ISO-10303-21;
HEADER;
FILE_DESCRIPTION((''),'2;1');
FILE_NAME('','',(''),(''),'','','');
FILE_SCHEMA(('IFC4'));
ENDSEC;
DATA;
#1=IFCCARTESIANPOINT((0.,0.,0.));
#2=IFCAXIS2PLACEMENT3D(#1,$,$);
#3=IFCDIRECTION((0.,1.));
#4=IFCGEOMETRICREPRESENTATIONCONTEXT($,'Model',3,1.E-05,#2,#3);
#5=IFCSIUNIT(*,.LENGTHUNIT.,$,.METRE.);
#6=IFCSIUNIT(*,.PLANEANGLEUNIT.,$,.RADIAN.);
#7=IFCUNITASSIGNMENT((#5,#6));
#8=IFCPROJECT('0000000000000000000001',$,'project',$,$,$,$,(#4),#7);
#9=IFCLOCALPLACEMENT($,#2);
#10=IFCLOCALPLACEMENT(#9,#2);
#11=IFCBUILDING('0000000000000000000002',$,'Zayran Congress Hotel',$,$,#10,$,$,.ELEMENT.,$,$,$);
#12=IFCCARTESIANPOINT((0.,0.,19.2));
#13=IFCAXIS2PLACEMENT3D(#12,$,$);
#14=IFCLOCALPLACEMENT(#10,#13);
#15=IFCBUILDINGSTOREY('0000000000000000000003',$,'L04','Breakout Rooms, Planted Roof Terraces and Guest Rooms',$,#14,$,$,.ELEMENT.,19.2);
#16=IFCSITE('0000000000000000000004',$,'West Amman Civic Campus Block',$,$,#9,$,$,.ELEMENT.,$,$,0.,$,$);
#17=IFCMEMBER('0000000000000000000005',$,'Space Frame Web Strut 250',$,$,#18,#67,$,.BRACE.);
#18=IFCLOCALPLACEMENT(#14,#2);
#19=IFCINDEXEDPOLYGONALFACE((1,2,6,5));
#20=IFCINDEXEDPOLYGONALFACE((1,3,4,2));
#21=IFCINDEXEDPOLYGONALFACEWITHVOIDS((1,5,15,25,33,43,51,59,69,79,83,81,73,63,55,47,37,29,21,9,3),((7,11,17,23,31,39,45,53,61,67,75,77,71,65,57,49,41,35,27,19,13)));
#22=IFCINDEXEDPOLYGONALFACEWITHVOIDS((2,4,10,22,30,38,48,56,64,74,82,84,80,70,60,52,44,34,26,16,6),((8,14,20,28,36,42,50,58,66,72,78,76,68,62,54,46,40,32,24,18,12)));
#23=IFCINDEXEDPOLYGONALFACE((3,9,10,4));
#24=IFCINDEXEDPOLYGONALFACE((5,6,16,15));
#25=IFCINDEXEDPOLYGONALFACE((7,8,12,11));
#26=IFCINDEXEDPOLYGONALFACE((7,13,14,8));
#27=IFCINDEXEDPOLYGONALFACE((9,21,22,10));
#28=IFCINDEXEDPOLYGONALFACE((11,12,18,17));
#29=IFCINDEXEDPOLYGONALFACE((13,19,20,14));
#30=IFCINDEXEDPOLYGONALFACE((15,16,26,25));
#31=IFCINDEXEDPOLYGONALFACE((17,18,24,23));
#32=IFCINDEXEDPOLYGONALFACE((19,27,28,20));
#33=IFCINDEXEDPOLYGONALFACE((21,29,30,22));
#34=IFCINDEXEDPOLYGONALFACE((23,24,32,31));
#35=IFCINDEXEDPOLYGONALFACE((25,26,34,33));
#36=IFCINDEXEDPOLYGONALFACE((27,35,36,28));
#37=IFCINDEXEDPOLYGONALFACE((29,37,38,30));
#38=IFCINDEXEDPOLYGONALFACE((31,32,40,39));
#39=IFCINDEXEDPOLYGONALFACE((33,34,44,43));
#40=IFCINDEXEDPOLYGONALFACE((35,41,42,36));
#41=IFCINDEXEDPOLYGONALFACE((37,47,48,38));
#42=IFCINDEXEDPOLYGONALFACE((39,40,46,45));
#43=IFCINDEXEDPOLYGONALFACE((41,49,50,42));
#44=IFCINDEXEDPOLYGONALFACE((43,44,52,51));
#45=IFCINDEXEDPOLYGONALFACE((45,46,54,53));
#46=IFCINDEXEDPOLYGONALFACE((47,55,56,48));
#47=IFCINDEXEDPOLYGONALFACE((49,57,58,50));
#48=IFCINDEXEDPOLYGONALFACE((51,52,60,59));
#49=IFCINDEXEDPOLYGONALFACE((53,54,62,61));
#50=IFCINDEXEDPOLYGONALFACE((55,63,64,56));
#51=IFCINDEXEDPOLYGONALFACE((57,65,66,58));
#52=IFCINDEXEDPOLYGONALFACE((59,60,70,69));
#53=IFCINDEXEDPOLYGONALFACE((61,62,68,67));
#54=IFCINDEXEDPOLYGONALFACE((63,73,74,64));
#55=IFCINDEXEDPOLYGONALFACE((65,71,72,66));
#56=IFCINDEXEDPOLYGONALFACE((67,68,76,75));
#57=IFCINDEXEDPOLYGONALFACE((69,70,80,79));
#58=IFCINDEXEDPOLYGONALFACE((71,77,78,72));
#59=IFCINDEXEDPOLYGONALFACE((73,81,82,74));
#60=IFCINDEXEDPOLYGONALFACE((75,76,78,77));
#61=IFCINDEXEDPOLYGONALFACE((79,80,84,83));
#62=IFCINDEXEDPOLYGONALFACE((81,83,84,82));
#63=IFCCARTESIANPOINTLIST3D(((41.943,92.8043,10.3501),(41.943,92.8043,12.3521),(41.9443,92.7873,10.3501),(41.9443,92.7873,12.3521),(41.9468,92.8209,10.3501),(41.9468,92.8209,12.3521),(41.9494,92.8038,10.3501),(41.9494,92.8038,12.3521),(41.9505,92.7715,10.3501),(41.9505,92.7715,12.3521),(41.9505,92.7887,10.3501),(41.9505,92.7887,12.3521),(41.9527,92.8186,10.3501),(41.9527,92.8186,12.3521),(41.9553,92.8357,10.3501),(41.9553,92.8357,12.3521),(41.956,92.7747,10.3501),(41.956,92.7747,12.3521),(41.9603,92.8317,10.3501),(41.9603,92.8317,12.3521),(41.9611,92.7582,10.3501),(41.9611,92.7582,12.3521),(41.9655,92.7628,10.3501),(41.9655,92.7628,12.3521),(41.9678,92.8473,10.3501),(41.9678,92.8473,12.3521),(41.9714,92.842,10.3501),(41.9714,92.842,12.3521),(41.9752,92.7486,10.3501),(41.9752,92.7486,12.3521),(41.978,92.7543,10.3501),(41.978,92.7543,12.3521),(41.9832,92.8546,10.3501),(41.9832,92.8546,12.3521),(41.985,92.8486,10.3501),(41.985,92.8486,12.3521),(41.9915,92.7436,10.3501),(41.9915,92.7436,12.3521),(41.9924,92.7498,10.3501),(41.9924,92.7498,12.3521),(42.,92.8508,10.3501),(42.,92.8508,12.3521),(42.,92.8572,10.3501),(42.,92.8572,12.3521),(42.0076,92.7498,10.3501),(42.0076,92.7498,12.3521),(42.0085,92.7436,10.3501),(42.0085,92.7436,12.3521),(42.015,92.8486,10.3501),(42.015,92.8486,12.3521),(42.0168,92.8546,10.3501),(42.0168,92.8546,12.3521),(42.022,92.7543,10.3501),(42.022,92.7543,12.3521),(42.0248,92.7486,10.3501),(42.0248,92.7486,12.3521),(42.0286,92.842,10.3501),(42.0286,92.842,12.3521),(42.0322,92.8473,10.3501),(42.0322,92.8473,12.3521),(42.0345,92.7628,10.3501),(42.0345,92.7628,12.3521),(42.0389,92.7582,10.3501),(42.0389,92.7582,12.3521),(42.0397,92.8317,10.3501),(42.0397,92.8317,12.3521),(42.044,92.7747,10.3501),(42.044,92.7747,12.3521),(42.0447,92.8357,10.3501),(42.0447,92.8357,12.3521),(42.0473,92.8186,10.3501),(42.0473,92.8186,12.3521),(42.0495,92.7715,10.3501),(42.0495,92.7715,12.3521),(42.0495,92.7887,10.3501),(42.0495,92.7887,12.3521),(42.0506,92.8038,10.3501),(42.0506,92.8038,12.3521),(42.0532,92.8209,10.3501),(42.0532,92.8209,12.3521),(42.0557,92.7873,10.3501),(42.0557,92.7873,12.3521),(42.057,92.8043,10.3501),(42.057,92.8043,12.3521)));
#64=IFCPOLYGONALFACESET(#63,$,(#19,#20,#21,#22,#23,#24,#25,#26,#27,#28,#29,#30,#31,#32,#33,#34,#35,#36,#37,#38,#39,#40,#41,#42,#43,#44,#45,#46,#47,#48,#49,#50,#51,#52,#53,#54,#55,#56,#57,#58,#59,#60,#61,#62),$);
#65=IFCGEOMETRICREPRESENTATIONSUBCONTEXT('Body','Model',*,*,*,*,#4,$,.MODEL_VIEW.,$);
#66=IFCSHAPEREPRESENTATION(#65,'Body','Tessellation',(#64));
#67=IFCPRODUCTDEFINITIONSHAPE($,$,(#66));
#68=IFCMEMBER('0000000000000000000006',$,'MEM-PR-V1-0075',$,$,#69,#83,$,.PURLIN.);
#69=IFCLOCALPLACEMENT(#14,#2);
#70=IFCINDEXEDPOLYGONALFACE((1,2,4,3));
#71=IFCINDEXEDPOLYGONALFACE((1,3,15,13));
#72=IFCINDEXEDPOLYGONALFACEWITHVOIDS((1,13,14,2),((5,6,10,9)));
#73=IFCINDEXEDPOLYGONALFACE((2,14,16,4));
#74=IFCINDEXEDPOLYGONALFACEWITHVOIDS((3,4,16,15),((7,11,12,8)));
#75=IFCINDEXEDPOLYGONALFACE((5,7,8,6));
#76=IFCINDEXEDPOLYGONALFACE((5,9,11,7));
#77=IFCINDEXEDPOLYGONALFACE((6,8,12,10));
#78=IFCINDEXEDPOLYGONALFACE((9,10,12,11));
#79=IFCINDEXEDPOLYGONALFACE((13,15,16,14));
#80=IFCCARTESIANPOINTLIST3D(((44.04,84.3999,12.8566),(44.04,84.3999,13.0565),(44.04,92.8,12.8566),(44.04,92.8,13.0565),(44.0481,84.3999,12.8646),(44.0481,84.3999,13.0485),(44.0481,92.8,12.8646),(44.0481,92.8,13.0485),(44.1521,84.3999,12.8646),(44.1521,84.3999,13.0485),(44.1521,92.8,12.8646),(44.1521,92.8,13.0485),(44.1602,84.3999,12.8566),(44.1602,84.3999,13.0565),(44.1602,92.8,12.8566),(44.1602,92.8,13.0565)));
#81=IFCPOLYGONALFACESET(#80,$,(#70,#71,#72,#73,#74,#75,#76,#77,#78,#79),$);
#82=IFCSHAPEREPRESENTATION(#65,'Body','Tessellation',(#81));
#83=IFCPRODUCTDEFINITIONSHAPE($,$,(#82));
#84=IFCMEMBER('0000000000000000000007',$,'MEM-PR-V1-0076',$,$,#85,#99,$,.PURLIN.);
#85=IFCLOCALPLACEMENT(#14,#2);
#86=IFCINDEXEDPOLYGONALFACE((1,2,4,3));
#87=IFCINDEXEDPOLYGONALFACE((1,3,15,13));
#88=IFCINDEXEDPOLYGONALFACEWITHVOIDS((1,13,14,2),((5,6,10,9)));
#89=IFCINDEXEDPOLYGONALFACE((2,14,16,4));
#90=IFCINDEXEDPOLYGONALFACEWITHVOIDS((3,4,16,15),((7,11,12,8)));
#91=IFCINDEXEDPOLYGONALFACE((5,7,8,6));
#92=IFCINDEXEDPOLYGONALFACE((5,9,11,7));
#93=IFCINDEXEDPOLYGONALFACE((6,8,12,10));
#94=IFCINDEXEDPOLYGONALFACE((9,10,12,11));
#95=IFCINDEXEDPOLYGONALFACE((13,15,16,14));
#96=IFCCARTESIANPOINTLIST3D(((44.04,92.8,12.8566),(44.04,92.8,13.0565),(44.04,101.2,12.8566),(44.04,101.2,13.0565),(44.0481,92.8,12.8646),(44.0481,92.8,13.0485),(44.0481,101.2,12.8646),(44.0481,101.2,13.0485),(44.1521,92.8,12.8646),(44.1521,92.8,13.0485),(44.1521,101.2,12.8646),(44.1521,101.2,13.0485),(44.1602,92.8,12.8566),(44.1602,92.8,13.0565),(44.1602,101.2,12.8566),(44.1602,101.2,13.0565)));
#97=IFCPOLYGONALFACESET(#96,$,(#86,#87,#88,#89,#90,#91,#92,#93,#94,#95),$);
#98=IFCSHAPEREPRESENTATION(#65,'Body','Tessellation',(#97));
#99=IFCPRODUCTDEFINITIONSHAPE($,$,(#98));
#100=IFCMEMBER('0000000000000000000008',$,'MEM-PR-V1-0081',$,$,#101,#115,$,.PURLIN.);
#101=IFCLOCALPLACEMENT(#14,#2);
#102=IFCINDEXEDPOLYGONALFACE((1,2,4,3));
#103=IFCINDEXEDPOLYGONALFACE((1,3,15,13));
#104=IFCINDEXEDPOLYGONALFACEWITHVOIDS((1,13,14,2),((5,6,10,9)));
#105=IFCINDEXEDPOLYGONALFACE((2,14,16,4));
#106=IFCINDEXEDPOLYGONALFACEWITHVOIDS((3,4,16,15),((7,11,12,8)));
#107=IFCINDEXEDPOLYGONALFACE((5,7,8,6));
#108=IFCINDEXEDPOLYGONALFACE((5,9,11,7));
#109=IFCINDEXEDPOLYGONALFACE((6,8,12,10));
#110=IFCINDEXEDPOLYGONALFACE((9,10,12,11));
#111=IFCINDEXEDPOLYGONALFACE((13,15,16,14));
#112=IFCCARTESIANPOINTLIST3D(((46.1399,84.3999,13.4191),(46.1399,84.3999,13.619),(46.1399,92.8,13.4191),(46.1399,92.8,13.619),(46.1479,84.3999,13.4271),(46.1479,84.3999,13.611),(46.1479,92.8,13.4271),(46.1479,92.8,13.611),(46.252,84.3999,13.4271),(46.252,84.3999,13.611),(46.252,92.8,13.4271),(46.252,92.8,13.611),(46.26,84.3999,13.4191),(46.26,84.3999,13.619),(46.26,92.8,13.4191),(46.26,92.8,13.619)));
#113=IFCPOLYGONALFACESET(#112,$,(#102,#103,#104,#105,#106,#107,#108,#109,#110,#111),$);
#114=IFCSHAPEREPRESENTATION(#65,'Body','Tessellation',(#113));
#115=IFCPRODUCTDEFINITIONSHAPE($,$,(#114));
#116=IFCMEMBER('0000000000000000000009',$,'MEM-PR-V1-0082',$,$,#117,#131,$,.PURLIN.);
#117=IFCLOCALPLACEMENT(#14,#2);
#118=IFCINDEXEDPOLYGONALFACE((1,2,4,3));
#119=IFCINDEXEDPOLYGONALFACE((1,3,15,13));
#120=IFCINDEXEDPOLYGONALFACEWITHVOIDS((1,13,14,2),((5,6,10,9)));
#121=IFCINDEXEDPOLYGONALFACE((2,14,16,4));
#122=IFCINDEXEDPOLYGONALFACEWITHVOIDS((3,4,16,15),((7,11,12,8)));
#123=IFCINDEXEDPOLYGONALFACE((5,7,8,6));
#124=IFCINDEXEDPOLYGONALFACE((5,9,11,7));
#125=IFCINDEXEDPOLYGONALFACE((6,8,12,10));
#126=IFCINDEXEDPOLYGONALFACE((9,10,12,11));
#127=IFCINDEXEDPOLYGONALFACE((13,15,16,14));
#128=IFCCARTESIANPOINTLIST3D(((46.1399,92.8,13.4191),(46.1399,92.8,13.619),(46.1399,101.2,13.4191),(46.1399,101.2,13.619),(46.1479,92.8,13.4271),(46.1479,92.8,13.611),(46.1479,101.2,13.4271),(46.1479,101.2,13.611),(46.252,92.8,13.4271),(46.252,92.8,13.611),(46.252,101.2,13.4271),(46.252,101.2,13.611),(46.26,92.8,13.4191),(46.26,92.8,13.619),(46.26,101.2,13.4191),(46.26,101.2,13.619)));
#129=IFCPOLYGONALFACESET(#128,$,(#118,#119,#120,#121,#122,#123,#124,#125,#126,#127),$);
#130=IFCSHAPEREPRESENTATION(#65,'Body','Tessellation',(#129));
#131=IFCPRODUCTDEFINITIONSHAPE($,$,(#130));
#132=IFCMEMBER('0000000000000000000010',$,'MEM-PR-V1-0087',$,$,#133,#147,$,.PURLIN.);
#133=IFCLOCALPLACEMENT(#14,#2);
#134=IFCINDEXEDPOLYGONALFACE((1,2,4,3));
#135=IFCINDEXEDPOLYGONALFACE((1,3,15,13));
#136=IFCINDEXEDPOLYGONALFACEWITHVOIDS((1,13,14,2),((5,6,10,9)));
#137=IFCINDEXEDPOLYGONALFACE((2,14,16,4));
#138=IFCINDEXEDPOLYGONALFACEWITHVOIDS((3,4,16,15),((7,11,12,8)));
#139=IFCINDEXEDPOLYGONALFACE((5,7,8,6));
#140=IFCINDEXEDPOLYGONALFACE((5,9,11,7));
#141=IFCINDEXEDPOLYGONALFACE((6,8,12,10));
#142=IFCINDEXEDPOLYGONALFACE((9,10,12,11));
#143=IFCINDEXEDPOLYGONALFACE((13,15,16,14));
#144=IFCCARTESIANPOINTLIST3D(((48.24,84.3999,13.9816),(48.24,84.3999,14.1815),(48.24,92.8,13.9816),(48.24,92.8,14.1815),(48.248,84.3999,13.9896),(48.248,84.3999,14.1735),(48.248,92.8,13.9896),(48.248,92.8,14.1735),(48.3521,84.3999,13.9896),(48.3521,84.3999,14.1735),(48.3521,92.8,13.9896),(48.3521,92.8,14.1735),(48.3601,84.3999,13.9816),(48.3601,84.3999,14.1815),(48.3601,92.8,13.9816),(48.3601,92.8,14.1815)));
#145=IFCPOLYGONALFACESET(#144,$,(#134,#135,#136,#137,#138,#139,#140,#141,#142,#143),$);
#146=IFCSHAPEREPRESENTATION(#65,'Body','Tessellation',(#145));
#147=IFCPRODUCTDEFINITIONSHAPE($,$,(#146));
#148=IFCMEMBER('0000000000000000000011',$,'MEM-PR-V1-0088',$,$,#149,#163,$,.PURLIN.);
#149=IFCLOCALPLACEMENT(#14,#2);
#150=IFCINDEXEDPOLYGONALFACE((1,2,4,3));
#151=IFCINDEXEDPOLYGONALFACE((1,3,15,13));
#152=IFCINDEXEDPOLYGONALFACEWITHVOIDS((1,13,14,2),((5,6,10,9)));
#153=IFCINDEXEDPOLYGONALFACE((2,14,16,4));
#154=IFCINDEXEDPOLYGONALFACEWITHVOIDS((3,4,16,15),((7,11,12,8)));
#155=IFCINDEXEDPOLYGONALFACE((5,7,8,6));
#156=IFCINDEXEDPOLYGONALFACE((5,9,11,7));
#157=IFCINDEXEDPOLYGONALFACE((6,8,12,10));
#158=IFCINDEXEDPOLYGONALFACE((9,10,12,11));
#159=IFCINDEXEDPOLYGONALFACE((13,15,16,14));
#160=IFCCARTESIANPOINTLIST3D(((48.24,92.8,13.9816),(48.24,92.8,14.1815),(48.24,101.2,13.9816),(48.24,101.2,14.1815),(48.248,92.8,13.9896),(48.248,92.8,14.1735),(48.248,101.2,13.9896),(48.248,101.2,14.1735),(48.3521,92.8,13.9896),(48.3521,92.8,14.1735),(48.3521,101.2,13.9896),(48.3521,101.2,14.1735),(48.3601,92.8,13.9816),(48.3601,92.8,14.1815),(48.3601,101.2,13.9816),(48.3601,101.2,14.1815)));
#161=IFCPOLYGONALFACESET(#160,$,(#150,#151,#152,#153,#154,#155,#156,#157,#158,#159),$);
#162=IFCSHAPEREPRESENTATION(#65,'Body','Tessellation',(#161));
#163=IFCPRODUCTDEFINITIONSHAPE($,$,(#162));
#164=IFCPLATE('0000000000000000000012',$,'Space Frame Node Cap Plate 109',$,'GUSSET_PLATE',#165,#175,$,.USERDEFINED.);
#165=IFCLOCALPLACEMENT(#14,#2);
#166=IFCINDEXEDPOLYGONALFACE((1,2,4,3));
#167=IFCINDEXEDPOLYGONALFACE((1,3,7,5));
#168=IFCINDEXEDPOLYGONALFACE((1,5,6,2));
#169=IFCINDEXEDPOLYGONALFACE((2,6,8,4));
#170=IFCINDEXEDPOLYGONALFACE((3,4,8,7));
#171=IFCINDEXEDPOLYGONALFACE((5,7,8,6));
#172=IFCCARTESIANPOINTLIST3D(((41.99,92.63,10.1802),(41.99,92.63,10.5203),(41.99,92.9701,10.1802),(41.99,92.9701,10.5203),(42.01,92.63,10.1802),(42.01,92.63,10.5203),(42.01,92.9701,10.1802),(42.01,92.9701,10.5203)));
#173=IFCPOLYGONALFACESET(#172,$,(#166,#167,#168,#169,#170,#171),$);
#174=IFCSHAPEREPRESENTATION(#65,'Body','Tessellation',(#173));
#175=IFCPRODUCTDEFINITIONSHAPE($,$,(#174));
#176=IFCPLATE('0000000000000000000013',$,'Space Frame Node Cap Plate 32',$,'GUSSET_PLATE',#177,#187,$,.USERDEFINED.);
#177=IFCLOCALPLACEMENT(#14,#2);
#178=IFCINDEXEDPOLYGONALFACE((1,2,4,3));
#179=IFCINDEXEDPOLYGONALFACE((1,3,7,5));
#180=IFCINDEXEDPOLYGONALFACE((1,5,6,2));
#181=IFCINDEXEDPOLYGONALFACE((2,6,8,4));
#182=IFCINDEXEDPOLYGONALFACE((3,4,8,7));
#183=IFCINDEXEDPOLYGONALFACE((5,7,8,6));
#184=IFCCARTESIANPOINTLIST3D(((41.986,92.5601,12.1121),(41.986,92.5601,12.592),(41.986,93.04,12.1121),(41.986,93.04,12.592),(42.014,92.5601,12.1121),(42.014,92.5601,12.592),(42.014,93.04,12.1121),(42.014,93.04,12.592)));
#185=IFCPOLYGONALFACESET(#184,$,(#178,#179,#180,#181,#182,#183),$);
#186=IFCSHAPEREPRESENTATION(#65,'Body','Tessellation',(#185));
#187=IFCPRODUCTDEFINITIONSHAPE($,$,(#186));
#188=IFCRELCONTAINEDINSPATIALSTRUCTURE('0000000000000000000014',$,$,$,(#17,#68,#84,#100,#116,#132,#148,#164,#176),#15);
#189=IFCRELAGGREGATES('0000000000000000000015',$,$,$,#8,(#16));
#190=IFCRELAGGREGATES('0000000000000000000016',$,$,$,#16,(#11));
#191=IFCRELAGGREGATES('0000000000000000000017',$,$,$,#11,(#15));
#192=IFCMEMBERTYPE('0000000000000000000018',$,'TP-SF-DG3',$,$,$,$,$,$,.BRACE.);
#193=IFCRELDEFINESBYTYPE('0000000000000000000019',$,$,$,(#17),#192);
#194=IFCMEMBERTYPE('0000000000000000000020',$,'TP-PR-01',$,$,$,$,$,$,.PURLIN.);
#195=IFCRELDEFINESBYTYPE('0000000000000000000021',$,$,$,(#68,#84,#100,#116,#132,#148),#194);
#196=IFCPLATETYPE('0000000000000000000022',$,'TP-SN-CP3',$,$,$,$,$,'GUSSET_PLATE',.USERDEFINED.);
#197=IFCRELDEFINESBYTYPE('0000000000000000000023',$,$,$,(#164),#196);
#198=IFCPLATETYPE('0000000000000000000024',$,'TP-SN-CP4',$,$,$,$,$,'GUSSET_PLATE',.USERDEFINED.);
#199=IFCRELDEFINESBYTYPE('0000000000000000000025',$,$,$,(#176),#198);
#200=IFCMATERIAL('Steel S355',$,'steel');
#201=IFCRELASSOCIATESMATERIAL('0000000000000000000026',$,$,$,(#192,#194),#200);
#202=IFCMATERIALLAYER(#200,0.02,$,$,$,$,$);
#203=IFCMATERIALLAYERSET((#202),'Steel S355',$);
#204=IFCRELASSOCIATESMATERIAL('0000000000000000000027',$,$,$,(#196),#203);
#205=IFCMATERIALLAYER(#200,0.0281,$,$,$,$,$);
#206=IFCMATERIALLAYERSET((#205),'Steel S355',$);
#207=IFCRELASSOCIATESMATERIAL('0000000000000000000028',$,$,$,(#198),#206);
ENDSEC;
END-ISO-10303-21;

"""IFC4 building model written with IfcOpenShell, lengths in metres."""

from ifc_helpers import new_model, si_unit, direction, frame, origin, origin_2d, place, context, subcontext, project, spatial, rectangle, hollow_rectangle, hollow_circle, extrude, material, layer, layer_set, material_profile, profile_set, type_object, element, save


model = new_model("IFC4")

# Units and contexts
model_context = context("Model", 3, precision=1e-05, world=origin(), true_north=direction((0.0, 1.0)))
body_context = subcontext(model_context, "Body", "Model", "MODEL_VIEW")
ifc_project = project(units=[si_unit("LENGTHUNIT", "METRE"), si_unit("PLANEANGLEUNIT", "RADIAN")], contexts=[model_context])

# Site, building, storey
site_placement = place(None, origin())
site = spatial("IfcSite", under=ifc_project, at=site_placement, Name="West Amman Civic Campus Block", CompositionType="ELEMENT", RefElevation=0.0)
building_placement = place(site_placement, origin())
building = spatial("IfcBuilding", under=site, at=building_placement, Name="Zayran Congress Hotel", CompositionType="ELEMENT")
storey_placement = place(building_placement, frame((0.0, 0.0, 19.2)))
storey = spatial("IfcBuildingStorey", under=building, at=storey_placement, Name="L04", Description="Breakout Rooms, Planted Roof Terraces and Guest Rooms", CompositionType="ELEMENT", Elevation=19.2)

# Members
ifc_material_1 = material(Name="Steel S355", Category="steel")
ifc_material_profile_1 = material_profile(ifc_material_1, hollow_circle(Radius=0.0571, WallThickness=0.0063, at=origin_2d()), Name="CHS 114.3x6.3")
ifc_profile_set_1 = profile_set([ifc_material_profile_1], Name="Steel S355")
member_type_1 = type_object("IfcMemberType", Name="TP-SF-DG3", PredefinedType="BRACE", material=ifc_profile_set_1)
member_1_placement = place(storey_placement, frame((42.0, 92.8, 10.3501), z_axis=(0.0, 0.0, 1.0), x_axis=(0.0, 1.0, 0.0)))
element("IfcMember", 1, at=member_1_placement, inside=storey, type_object=member_type_1, Name="Space Frame Web Strut 250", PredefinedType="BRACE", context=body_context, shape_type="SweptSolid", body=[
    extrude(hollow_circle(Radius=0.0571, WallThickness=0.0063, at=origin_2d()), origin(), (0.0, 0.0, 1.0), 2.002),
])
ifc_material_profile_2 = material_profile(ifc_material_1, hollow_rectangle(XDim=0.1201, YDim=0.2, WallThickness=0.0081, at=origin_2d()), Name="RHS 200x120x8")
ifc_profile_set_2 = profile_set([ifc_material_profile_2], Name="Steel S355")
member_type_2 = type_object("IfcMemberType", Name="TP-PR-01", PredefinedType="PURLIN", material=ifc_profile_set_2)
member_2_placement = place(storey_placement, frame((44.1001, 84.3999, 12.9565), z_axis=(0.0, 1.0, 0.0), x_axis=(-1.0, 0.0, 0.0)))
element("IfcMember", 2, at=member_2_placement, inside=storey, type_object=member_type_2, Name="MEM-PR-V1-0075", PredefinedType="PURLIN", context=body_context, shape_type="SweptSolid", body=[
    extrude(hollow_rectangle(XDim=0.1201, YDim=0.2, WallThickness=0.0081, at=origin_2d()), origin(), (0.0, 0.0, 1.0), 8.4001),
])
member_3_placement = place(storey_placement, frame((44.1001, 92.8, 12.9565), z_axis=(0.0, 1.0, 0.0), x_axis=(-1.0, 0.0, 0.0)))
element("IfcMember", 3, at=member_3_placement, inside=storey, type_object=member_type_2, Name="MEM-PR-V1-0076", PredefinedType="PURLIN", context=body_context, shape_type="SweptSolid", body=[
    extrude(hollow_rectangle(XDim=0.1201, YDim=0.2, WallThickness=0.0081, at=origin_2d()), origin(), (0.0, 0.0, 1.0), 8.3999),
])
member_4_placement = place(storey_placement, frame((46.2, 84.3999, 13.519), z_axis=(0.0, 1.0, 0.0), x_axis=(-1.0, 0.0, 0.0)))
element("IfcMember", 4, at=member_4_placement, inside=storey, type_object=member_type_2, Name="MEM-PR-V1-0081", PredefinedType="PURLIN", context=body_context, shape_type="SweptSolid", body=[
    extrude(hollow_rectangle(XDim=0.1201, YDim=0.2, WallThickness=0.0081, at=origin_2d()), origin(), (0.0, 0.0, 1.0), 8.4001),
])
member_5_placement = place(storey_placement, frame((46.2, 92.8, 13.519), z_axis=(0.0, 1.0, 0.0), x_axis=(-1.0, 0.0, 0.0)))
element("IfcMember", 5, at=member_5_placement, inside=storey, type_object=member_type_2, Name="MEM-PR-V1-0082", PredefinedType="PURLIN", context=body_context, shape_type="SweptSolid", body=[
    extrude(hollow_rectangle(XDim=0.1201, YDim=0.2, WallThickness=0.0081, at=origin_2d()), origin(), (0.0, 0.0, 1.0), 8.3999),
])
member_6_placement = place(storey_placement, frame((48.3, 84.3999, 14.0815), z_axis=(0.0, 1.0, 0.0), x_axis=(-1.0, 0.0, 0.0)))
element("IfcMember", 6, at=member_6_placement, inside=storey, type_object=member_type_2, Name="MEM-PR-V1-0087", PredefinedType="PURLIN", context=body_context, shape_type="SweptSolid", body=[
    extrude(hollow_rectangle(XDim=0.1201, YDim=0.2, WallThickness=0.0081, at=origin_2d()), origin(), (0.0, 0.0, 1.0), 8.4001),
])
member_7_placement = place(storey_placement, frame((48.3, 92.8, 14.0815), z_axis=(0.0, 1.0, 0.0), x_axis=(-1.0, 0.0, 0.0)))
element("IfcMember", 7, at=member_7_placement, inside=storey, type_object=member_type_2, Name="MEM-PR-V1-0088", PredefinedType="PURLIN", context=body_context, shape_type="SweptSolid", body=[
    extrude(hollow_rectangle(XDim=0.1201, YDim=0.2, WallThickness=0.0081, at=origin_2d()), origin(), (0.0, 0.0, 1.0), 8.3999),
])

# Plates
ifc_layer_1 = layer(ifc_material_1, 0.02)
ifc_layer_set_1 = layer_set([ifc_layer_1], Name="Steel S355")
plate_type_1 = type_object("IfcPlateType", Name="TP-SN-CP3", ElementType="GUSSET_PLATE", PredefinedType="USERDEFINED", material=ifc_layer_set_1)
plate_1_placement = place(storey_placement, frame((42.0, 92.8, 10.1802), z_axis=(0.0, 0.0, 1.0), x_axis=(0.0, 1.0, 0.0)))
element("IfcPlate", 8, at=plate_1_placement, inside=storey, type_object=plate_type_1, Name="Space Frame Node Cap Plate 109", ObjectType="GUSSET_PLATE", PredefinedType="USERDEFINED", context=body_context, shape_type="SweptSolid", body=[
    extrude(rectangle(XDim=0.3401, YDim=0.02, at=origin_2d()), origin(), (0.0, 0.0, 1.0), 0.3401),
])
ifc_layer_2 = layer(ifc_material_1, 0.0281)
ifc_layer_set_2 = layer_set([ifc_layer_2], Name="Steel S355")
plate_type_2 = type_object("IfcPlateType", Name="TP-SN-CP4", ElementType="GUSSET_PLATE", PredefinedType="USERDEFINED", material=ifc_layer_set_2)
plate_2_placement = place(storey_placement, frame((42.0, 92.8, 12.1121), z_axis=(0.0, 0.0, 1.0), x_axis=(0.0, 1.0, 0.0)))
element("IfcPlate", 9, at=plate_2_placement, inside=storey, type_object=plate_type_2, Name="Space Frame Node Cap Plate 32", ObjectType="GUSSET_PLATE", PredefinedType="USERDEFINED", context=body_context, shape_type="SweptSolid", body=[
    extrude(rectangle(XDim=0.48, YDim=0.0281, at=origin_2d()), origin(), (0.0, 0.0, 1.0), 0.48),
])

save(model, "model.ifc")
